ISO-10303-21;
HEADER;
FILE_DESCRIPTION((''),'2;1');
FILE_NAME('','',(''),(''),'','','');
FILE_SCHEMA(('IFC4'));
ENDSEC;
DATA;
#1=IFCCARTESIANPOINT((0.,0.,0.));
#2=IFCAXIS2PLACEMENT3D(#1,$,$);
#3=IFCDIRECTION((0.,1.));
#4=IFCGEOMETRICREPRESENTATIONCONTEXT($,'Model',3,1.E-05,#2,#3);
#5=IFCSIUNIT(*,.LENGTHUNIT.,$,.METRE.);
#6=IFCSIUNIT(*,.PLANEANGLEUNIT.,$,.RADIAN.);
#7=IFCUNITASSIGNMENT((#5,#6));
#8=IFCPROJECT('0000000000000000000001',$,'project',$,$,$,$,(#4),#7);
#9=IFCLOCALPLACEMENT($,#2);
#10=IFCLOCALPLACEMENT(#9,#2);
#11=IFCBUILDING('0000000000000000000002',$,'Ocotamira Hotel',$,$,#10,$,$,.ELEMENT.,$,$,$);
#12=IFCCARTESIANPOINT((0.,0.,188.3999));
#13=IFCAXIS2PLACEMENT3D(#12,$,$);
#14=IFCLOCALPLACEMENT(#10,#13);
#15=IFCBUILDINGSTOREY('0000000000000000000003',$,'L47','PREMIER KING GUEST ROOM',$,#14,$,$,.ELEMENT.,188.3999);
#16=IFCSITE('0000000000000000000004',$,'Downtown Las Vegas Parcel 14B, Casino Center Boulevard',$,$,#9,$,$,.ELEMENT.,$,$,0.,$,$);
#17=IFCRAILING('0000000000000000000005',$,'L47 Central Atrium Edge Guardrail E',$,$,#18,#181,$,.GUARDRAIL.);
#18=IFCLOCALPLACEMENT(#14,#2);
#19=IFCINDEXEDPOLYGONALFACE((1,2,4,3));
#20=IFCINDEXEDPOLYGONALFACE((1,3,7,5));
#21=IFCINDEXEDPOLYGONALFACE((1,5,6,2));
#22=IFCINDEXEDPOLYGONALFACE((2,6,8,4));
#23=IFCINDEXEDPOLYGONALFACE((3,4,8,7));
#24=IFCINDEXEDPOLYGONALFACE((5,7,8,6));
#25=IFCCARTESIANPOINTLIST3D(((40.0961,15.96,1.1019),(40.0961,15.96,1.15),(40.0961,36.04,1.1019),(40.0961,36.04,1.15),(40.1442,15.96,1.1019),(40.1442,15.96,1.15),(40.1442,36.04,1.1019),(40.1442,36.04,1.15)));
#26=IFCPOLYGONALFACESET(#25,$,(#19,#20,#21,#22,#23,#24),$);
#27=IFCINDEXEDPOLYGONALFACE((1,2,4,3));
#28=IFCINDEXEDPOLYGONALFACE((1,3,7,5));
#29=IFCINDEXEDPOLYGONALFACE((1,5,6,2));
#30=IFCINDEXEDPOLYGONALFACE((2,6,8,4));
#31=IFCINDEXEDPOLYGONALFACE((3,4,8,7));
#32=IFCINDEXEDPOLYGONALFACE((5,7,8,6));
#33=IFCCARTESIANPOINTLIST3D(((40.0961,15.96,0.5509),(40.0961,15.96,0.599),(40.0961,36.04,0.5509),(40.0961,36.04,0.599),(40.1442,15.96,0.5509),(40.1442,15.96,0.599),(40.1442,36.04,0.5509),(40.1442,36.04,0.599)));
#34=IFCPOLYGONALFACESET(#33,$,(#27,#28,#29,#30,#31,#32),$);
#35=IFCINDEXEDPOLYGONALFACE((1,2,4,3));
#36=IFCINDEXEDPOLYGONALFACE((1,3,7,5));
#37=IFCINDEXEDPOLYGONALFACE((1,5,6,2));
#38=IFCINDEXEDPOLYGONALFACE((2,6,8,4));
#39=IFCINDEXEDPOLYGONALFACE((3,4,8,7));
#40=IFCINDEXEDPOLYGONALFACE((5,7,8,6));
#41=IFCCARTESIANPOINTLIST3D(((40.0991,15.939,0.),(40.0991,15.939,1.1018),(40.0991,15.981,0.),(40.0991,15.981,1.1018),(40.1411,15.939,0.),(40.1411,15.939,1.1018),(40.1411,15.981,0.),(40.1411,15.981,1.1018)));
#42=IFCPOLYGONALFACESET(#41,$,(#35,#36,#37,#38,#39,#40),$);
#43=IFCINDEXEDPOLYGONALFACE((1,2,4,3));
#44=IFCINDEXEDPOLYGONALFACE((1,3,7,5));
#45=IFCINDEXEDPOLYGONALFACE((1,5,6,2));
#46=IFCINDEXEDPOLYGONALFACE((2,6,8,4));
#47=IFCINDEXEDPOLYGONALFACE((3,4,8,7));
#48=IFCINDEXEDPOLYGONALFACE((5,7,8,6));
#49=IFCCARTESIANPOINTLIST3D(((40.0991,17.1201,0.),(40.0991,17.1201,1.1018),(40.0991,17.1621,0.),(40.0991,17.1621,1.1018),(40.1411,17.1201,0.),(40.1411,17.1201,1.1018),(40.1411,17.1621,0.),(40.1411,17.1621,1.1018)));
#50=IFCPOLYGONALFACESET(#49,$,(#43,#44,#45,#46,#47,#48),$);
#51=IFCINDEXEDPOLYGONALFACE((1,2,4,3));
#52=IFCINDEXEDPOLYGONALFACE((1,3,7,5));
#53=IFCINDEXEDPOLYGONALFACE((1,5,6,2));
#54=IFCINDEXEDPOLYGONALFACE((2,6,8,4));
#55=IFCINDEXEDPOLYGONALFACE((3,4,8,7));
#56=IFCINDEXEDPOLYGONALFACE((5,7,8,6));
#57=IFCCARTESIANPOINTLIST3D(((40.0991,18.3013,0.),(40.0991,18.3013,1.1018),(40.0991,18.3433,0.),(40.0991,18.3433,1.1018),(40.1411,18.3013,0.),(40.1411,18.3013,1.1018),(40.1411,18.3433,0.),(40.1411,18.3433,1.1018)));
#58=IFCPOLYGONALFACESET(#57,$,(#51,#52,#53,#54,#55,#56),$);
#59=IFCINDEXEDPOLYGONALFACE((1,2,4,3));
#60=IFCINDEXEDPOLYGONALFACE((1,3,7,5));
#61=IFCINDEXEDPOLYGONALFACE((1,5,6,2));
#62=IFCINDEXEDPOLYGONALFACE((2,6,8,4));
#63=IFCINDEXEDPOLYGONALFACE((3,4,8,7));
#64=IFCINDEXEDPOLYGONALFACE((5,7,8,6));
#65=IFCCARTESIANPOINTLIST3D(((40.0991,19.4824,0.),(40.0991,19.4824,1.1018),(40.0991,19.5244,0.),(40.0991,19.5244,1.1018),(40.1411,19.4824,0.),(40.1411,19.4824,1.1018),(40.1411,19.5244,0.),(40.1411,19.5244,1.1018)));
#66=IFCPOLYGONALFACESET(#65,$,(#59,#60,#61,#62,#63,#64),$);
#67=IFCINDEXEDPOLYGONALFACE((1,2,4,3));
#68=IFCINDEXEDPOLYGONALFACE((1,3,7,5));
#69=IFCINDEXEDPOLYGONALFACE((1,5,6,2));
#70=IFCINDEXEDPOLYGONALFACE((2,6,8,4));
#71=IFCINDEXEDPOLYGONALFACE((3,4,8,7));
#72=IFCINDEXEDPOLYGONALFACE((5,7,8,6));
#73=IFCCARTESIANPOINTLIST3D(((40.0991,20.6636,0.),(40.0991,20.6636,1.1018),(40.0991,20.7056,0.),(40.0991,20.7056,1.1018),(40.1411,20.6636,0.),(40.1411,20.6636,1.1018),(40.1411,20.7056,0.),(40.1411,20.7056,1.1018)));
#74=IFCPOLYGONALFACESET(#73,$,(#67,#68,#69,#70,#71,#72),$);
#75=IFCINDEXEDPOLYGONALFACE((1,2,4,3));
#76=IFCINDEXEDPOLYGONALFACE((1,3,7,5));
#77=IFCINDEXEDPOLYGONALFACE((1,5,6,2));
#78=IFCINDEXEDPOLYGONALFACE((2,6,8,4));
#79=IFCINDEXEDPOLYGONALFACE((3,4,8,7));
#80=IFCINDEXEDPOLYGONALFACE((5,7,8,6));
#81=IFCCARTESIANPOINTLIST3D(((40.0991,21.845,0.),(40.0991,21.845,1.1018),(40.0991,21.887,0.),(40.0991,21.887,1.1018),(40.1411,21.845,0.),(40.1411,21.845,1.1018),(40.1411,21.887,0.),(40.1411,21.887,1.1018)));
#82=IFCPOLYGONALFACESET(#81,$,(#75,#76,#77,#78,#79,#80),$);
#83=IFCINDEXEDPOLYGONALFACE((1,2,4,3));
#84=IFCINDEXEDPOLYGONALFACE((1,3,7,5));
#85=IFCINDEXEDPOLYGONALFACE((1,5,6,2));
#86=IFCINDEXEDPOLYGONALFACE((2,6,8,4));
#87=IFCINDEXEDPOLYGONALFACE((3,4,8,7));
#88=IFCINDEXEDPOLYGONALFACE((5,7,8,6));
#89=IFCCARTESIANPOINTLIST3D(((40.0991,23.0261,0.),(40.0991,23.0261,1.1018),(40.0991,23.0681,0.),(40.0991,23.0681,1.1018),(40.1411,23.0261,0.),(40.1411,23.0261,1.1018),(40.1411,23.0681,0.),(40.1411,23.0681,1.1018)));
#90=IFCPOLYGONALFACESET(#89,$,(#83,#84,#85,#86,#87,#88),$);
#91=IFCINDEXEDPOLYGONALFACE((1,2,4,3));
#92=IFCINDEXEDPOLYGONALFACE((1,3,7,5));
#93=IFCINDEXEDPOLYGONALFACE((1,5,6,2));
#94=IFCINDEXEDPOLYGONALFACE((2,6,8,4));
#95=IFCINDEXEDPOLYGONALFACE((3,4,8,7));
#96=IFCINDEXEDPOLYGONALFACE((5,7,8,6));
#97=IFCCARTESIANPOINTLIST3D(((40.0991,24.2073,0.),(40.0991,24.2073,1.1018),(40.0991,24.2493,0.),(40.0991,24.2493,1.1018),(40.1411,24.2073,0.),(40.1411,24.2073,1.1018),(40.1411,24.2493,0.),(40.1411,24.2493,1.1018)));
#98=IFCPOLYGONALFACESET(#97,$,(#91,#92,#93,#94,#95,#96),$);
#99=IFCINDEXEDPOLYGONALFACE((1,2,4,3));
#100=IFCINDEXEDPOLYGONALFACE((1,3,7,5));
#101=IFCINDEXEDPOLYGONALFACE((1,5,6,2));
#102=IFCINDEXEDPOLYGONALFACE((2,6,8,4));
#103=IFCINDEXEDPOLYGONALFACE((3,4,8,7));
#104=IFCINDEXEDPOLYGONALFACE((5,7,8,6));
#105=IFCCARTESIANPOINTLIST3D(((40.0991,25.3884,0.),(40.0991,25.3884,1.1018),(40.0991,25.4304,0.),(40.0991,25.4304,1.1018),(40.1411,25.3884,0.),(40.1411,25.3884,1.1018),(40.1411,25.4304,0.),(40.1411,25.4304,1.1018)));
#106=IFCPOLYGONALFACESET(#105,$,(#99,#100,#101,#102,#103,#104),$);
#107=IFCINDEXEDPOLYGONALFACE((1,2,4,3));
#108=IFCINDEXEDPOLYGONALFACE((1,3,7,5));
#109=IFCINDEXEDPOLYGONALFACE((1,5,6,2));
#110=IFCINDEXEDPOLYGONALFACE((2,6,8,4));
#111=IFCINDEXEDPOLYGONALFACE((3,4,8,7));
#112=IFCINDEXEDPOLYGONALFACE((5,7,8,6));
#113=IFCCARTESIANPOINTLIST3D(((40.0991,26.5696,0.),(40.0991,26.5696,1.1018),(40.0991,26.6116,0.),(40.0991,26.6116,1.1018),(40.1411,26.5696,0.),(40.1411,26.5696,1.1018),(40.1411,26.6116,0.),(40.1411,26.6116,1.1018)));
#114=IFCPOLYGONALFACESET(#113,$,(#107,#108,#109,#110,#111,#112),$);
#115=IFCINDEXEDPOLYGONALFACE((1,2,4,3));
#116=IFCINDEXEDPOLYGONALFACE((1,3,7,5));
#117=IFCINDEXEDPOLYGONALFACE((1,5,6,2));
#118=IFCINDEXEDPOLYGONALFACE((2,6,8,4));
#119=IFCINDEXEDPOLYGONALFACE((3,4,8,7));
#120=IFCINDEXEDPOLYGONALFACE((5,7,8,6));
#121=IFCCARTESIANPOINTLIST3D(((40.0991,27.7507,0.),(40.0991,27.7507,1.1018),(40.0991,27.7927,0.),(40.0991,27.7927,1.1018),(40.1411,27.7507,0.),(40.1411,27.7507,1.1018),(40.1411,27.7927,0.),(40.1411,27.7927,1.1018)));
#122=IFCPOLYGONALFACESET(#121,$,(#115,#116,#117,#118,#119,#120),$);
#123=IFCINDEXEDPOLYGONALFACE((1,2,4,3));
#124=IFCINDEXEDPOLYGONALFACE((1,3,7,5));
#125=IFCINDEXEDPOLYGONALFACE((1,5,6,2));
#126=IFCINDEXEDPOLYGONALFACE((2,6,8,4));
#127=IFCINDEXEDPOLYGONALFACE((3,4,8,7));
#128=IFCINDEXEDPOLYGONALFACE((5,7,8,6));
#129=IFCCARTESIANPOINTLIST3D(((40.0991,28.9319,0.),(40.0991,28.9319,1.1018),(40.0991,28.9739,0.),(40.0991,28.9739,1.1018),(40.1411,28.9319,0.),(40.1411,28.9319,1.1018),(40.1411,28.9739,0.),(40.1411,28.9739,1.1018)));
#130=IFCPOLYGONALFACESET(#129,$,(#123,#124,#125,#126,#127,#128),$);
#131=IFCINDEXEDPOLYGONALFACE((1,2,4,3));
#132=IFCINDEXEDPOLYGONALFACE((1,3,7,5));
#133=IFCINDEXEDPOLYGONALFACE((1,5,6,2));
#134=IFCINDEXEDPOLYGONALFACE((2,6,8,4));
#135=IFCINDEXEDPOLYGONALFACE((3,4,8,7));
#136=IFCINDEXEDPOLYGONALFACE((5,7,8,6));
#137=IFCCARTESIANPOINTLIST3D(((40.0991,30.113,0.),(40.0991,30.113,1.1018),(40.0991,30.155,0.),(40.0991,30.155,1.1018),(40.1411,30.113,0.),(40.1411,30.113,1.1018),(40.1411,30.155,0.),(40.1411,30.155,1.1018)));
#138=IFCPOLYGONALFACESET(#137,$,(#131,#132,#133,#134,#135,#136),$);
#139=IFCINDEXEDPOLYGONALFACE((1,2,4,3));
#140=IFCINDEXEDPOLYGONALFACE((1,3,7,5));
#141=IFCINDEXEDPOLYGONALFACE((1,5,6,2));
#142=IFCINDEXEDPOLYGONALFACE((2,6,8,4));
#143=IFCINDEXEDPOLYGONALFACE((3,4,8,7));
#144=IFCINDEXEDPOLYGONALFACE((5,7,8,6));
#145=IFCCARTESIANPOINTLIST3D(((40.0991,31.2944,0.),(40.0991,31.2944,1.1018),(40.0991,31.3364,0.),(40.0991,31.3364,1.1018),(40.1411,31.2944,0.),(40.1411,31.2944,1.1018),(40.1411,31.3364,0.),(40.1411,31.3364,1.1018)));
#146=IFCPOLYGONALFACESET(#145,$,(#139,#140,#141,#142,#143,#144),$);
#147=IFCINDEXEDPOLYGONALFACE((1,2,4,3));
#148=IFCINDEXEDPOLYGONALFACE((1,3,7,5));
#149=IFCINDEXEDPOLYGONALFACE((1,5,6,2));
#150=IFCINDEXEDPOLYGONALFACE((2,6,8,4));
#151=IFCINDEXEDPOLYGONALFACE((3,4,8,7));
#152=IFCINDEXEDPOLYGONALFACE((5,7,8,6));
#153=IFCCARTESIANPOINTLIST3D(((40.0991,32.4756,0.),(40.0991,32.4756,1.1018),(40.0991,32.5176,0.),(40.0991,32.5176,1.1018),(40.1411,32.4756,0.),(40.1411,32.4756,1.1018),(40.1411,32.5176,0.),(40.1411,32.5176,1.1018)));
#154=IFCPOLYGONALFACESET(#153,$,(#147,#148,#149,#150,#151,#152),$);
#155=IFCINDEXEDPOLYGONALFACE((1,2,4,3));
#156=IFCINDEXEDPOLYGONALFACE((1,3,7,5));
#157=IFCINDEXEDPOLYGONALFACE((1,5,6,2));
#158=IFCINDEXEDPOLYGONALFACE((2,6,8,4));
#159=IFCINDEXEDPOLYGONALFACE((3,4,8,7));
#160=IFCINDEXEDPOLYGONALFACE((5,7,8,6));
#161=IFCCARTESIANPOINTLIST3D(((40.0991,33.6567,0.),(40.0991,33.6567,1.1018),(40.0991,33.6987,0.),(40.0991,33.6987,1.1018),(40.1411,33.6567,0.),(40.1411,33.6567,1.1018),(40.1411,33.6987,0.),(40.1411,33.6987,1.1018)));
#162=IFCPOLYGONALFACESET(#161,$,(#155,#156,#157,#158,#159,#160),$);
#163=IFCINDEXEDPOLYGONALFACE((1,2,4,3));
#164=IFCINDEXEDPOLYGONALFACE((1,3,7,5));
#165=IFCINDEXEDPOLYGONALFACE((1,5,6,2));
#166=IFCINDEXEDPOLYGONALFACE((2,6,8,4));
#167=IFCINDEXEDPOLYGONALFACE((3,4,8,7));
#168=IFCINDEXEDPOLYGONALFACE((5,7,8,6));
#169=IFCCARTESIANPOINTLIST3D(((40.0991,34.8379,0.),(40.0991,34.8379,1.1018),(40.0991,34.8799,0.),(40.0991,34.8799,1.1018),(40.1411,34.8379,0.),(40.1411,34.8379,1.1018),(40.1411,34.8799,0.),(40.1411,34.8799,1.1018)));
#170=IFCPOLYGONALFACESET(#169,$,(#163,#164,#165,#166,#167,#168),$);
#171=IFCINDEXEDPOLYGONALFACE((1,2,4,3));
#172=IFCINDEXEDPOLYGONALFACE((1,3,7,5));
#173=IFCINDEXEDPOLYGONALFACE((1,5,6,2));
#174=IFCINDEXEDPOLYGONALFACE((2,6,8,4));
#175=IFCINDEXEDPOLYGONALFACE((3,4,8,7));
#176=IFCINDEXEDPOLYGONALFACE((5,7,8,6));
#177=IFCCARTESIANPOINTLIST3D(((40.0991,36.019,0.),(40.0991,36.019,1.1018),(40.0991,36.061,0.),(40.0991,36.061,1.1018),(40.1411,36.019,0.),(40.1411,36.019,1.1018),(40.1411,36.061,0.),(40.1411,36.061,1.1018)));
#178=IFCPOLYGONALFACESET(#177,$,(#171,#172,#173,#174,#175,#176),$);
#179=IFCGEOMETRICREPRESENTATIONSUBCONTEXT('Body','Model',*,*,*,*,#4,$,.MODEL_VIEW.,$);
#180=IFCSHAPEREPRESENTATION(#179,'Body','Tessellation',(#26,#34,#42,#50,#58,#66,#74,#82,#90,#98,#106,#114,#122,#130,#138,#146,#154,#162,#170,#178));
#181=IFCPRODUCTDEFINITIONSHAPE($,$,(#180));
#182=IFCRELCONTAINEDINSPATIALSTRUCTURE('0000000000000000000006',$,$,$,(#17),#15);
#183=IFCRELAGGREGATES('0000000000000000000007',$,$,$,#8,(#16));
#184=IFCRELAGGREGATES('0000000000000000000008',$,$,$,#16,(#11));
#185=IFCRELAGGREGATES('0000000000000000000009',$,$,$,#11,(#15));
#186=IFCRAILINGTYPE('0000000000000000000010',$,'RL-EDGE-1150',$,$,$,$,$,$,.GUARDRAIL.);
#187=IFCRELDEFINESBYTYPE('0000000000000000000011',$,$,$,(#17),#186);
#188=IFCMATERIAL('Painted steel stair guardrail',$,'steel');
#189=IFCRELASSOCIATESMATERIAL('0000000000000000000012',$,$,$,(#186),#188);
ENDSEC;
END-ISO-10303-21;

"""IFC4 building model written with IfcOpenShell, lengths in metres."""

from ifc_helpers import new_model, si_unit, direction, frame, origin, origin_2d, place, context, subcontext, project, spatial, rectangle, extrude, material, type_object, element, save


model = new_model("IFC4")

# Units and contexts
model_context = context("Model", 3, precision=1e-05, world=origin(), true_north=direction((0.0, 1.0)))
body_context = subcontext(model_context, "Body", "Model", "MODEL_VIEW")
ifc_project = project(units=[si_unit("LENGTHUNIT", "METRE"), si_unit("PLANEANGLEUNIT", "RADIAN")], contexts=[model_context])

# Site, building, storey
site_placement = place(None, origin())
site = spatial("IfcSite", under=ifc_project, at=site_placement, Name="Downtown Las Vegas Parcel 14B, Casino Center Boulevard", CompositionType="ELEMENT", RefElevation=0.0)
building_placement = place(site_placement, origin())
building = spatial("IfcBuilding", under=site, at=building_placement, Name="Ocotamira Hotel", CompositionType="ELEMENT")
storey_placement = place(building_placement, frame((0.0, 0.0, 188.3999)))
storey = spatial("IfcBuildingStorey", under=building, at=storey_placement, Name="L47", Description="PREMIER KING GUEST ROOM", CompositionType="ELEMENT", Elevation=188.3999)

# Railing
ifc_material_1 = material(Name="Painted steel stair guardrail", Category="steel")
railing_type = type_object("IfcRailingType", Name="RL-EDGE-1150", PredefinedType="GUARDRAIL", material=ifc_material_1)
railing_placement = place(storey_placement, frame((40.1201, 15.96, 0.0)))
element("IfcRailing", 1, at=railing_placement, inside=storey, type_object=railing_type, Name="L47 Central Atrium Edge Guardrail E", PredefinedType="GUARDRAIL", context=body_context, shape_type="SweptSolid", body=[
    extrude(rectangle(XDim=0.0481, YDim=0.0481, at=origin_2d()), frame((0.0, 0.0, 1.126), z_axis=(0.0, 1.0, 0.0), x_axis=(-1.0, 0.0, 0.0)), (0.0, 0.0, 1.0), 20.0801),
    extrude(rectangle(XDim=0.0481, YDim=0.0481, at=origin_2d()), frame((0.0, 0.0, 0.575), z_axis=(0.0, 1.0, 0.0), x_axis=(-1.0, 0.0, 0.0)), (0.0, 0.0, 1.0), 20.0801),
    extrude(rectangle(XDim=0.042, YDim=0.042, at=origin_2d()), origin(), (0.0, 0.0, 1.0), 1.1018),
    extrude(rectangle(XDim=0.042, YDim=0.042, at=origin_2d()), frame((0.0, 1.1812, 0.0)), (0.0, 0.0, 1.0), 1.1018),
    extrude(rectangle(XDim=0.042, YDim=0.042, at=origin_2d()), frame((0.0, 2.3623, 0.0)), (0.0, 0.0, 1.0), 1.1018),
    extrude(rectangle(XDim=0.042, YDim=0.042, at=origin_2d()), frame((0.0, 3.5435, 0.0)), (0.0, 0.0, 1.0), 1.1018),
    extrude(rectangle(XDim=0.042, YDim=0.042, at=origin_2d()), frame((0.0, 4.7246, 0.0)), (0.0, 0.0, 1.0), 1.1018),
    extrude(rectangle(XDim=0.042, YDim=0.042, at=origin_2d()), frame((0.0, 5.906, 0.0)), (0.0, 0.0, 1.0), 1.1018),
    extrude(rectangle(XDim=0.042, YDim=0.042, at=origin_2d()), frame((0.0, 7.0872, 0.0)), (0.0, 0.0, 1.0), 1.1018),
    extrude(rectangle(XDim=0.042, YDim=0.042, at=origin_2d()), frame((0.0, 8.2683, 0.0)), (0.0, 0.0, 1.0), 1.1018),
    extrude(rectangle(XDim=0.042, YDim=0.042, at=origin_2d()), frame((0.0, 9.4495, 0.0)), (0.0, 0.0, 1.0), 1.1018),
    extrude(rectangle(XDim=0.042, YDim=0.042, at=origin_2d()), frame((0.0, 10.6306, 0.0)), (0.0, 0.0, 1.0), 1.1018),
    extrude(rectangle(XDim=0.042, YDim=0.042, at=origin_2d()), frame((0.0, 11.8118, 0.0)), (0.0, 0.0, 1.0), 1.1018),
    extrude(rectangle(XDim=0.042, YDim=0.042, at=origin_2d()), frame((0.0, 12.9929, 0.0)), (0.0, 0.0, 1.0), 1.1018),
    extrude(rectangle(XDim=0.042, YDim=0.042, at=origin_2d()), frame((0.0, 14.1741, 0.0)), (0.0, 0.0, 1.0), 1.1018),
    extrude(rectangle(XDim=0.042, YDim=0.042, at=origin_2d()), frame((0.0, 15.3555, 0.0)), (0.0, 0.0, 1.0), 1.1018),
    extrude(rectangle(XDim=0.042, YDim=0.042, at=origin_2d()), frame((0.0, 16.5366, 0.0)), (0.0, 0.0, 1.0), 1.1018),
    extrude(rectangle(XDim=0.042, YDim=0.042, at=origin_2d()), frame((0.0, 17.7178, 0.0)), (0.0, 0.0, 1.0), 1.1018),
    extrude(rectangle(XDim=0.042, YDim=0.042, at=origin_2d()), frame((0.0, 18.8989, 0.0)), (0.0, 0.0, 1.0), 1.1018),
    extrude(rectangle(XDim=0.042, YDim=0.042, at=origin_2d()), frame((0.0, 20.0801, 0.0)), (0.0, 0.0, 1.0), 1.1018),
])

save(model, "model.ifc")
